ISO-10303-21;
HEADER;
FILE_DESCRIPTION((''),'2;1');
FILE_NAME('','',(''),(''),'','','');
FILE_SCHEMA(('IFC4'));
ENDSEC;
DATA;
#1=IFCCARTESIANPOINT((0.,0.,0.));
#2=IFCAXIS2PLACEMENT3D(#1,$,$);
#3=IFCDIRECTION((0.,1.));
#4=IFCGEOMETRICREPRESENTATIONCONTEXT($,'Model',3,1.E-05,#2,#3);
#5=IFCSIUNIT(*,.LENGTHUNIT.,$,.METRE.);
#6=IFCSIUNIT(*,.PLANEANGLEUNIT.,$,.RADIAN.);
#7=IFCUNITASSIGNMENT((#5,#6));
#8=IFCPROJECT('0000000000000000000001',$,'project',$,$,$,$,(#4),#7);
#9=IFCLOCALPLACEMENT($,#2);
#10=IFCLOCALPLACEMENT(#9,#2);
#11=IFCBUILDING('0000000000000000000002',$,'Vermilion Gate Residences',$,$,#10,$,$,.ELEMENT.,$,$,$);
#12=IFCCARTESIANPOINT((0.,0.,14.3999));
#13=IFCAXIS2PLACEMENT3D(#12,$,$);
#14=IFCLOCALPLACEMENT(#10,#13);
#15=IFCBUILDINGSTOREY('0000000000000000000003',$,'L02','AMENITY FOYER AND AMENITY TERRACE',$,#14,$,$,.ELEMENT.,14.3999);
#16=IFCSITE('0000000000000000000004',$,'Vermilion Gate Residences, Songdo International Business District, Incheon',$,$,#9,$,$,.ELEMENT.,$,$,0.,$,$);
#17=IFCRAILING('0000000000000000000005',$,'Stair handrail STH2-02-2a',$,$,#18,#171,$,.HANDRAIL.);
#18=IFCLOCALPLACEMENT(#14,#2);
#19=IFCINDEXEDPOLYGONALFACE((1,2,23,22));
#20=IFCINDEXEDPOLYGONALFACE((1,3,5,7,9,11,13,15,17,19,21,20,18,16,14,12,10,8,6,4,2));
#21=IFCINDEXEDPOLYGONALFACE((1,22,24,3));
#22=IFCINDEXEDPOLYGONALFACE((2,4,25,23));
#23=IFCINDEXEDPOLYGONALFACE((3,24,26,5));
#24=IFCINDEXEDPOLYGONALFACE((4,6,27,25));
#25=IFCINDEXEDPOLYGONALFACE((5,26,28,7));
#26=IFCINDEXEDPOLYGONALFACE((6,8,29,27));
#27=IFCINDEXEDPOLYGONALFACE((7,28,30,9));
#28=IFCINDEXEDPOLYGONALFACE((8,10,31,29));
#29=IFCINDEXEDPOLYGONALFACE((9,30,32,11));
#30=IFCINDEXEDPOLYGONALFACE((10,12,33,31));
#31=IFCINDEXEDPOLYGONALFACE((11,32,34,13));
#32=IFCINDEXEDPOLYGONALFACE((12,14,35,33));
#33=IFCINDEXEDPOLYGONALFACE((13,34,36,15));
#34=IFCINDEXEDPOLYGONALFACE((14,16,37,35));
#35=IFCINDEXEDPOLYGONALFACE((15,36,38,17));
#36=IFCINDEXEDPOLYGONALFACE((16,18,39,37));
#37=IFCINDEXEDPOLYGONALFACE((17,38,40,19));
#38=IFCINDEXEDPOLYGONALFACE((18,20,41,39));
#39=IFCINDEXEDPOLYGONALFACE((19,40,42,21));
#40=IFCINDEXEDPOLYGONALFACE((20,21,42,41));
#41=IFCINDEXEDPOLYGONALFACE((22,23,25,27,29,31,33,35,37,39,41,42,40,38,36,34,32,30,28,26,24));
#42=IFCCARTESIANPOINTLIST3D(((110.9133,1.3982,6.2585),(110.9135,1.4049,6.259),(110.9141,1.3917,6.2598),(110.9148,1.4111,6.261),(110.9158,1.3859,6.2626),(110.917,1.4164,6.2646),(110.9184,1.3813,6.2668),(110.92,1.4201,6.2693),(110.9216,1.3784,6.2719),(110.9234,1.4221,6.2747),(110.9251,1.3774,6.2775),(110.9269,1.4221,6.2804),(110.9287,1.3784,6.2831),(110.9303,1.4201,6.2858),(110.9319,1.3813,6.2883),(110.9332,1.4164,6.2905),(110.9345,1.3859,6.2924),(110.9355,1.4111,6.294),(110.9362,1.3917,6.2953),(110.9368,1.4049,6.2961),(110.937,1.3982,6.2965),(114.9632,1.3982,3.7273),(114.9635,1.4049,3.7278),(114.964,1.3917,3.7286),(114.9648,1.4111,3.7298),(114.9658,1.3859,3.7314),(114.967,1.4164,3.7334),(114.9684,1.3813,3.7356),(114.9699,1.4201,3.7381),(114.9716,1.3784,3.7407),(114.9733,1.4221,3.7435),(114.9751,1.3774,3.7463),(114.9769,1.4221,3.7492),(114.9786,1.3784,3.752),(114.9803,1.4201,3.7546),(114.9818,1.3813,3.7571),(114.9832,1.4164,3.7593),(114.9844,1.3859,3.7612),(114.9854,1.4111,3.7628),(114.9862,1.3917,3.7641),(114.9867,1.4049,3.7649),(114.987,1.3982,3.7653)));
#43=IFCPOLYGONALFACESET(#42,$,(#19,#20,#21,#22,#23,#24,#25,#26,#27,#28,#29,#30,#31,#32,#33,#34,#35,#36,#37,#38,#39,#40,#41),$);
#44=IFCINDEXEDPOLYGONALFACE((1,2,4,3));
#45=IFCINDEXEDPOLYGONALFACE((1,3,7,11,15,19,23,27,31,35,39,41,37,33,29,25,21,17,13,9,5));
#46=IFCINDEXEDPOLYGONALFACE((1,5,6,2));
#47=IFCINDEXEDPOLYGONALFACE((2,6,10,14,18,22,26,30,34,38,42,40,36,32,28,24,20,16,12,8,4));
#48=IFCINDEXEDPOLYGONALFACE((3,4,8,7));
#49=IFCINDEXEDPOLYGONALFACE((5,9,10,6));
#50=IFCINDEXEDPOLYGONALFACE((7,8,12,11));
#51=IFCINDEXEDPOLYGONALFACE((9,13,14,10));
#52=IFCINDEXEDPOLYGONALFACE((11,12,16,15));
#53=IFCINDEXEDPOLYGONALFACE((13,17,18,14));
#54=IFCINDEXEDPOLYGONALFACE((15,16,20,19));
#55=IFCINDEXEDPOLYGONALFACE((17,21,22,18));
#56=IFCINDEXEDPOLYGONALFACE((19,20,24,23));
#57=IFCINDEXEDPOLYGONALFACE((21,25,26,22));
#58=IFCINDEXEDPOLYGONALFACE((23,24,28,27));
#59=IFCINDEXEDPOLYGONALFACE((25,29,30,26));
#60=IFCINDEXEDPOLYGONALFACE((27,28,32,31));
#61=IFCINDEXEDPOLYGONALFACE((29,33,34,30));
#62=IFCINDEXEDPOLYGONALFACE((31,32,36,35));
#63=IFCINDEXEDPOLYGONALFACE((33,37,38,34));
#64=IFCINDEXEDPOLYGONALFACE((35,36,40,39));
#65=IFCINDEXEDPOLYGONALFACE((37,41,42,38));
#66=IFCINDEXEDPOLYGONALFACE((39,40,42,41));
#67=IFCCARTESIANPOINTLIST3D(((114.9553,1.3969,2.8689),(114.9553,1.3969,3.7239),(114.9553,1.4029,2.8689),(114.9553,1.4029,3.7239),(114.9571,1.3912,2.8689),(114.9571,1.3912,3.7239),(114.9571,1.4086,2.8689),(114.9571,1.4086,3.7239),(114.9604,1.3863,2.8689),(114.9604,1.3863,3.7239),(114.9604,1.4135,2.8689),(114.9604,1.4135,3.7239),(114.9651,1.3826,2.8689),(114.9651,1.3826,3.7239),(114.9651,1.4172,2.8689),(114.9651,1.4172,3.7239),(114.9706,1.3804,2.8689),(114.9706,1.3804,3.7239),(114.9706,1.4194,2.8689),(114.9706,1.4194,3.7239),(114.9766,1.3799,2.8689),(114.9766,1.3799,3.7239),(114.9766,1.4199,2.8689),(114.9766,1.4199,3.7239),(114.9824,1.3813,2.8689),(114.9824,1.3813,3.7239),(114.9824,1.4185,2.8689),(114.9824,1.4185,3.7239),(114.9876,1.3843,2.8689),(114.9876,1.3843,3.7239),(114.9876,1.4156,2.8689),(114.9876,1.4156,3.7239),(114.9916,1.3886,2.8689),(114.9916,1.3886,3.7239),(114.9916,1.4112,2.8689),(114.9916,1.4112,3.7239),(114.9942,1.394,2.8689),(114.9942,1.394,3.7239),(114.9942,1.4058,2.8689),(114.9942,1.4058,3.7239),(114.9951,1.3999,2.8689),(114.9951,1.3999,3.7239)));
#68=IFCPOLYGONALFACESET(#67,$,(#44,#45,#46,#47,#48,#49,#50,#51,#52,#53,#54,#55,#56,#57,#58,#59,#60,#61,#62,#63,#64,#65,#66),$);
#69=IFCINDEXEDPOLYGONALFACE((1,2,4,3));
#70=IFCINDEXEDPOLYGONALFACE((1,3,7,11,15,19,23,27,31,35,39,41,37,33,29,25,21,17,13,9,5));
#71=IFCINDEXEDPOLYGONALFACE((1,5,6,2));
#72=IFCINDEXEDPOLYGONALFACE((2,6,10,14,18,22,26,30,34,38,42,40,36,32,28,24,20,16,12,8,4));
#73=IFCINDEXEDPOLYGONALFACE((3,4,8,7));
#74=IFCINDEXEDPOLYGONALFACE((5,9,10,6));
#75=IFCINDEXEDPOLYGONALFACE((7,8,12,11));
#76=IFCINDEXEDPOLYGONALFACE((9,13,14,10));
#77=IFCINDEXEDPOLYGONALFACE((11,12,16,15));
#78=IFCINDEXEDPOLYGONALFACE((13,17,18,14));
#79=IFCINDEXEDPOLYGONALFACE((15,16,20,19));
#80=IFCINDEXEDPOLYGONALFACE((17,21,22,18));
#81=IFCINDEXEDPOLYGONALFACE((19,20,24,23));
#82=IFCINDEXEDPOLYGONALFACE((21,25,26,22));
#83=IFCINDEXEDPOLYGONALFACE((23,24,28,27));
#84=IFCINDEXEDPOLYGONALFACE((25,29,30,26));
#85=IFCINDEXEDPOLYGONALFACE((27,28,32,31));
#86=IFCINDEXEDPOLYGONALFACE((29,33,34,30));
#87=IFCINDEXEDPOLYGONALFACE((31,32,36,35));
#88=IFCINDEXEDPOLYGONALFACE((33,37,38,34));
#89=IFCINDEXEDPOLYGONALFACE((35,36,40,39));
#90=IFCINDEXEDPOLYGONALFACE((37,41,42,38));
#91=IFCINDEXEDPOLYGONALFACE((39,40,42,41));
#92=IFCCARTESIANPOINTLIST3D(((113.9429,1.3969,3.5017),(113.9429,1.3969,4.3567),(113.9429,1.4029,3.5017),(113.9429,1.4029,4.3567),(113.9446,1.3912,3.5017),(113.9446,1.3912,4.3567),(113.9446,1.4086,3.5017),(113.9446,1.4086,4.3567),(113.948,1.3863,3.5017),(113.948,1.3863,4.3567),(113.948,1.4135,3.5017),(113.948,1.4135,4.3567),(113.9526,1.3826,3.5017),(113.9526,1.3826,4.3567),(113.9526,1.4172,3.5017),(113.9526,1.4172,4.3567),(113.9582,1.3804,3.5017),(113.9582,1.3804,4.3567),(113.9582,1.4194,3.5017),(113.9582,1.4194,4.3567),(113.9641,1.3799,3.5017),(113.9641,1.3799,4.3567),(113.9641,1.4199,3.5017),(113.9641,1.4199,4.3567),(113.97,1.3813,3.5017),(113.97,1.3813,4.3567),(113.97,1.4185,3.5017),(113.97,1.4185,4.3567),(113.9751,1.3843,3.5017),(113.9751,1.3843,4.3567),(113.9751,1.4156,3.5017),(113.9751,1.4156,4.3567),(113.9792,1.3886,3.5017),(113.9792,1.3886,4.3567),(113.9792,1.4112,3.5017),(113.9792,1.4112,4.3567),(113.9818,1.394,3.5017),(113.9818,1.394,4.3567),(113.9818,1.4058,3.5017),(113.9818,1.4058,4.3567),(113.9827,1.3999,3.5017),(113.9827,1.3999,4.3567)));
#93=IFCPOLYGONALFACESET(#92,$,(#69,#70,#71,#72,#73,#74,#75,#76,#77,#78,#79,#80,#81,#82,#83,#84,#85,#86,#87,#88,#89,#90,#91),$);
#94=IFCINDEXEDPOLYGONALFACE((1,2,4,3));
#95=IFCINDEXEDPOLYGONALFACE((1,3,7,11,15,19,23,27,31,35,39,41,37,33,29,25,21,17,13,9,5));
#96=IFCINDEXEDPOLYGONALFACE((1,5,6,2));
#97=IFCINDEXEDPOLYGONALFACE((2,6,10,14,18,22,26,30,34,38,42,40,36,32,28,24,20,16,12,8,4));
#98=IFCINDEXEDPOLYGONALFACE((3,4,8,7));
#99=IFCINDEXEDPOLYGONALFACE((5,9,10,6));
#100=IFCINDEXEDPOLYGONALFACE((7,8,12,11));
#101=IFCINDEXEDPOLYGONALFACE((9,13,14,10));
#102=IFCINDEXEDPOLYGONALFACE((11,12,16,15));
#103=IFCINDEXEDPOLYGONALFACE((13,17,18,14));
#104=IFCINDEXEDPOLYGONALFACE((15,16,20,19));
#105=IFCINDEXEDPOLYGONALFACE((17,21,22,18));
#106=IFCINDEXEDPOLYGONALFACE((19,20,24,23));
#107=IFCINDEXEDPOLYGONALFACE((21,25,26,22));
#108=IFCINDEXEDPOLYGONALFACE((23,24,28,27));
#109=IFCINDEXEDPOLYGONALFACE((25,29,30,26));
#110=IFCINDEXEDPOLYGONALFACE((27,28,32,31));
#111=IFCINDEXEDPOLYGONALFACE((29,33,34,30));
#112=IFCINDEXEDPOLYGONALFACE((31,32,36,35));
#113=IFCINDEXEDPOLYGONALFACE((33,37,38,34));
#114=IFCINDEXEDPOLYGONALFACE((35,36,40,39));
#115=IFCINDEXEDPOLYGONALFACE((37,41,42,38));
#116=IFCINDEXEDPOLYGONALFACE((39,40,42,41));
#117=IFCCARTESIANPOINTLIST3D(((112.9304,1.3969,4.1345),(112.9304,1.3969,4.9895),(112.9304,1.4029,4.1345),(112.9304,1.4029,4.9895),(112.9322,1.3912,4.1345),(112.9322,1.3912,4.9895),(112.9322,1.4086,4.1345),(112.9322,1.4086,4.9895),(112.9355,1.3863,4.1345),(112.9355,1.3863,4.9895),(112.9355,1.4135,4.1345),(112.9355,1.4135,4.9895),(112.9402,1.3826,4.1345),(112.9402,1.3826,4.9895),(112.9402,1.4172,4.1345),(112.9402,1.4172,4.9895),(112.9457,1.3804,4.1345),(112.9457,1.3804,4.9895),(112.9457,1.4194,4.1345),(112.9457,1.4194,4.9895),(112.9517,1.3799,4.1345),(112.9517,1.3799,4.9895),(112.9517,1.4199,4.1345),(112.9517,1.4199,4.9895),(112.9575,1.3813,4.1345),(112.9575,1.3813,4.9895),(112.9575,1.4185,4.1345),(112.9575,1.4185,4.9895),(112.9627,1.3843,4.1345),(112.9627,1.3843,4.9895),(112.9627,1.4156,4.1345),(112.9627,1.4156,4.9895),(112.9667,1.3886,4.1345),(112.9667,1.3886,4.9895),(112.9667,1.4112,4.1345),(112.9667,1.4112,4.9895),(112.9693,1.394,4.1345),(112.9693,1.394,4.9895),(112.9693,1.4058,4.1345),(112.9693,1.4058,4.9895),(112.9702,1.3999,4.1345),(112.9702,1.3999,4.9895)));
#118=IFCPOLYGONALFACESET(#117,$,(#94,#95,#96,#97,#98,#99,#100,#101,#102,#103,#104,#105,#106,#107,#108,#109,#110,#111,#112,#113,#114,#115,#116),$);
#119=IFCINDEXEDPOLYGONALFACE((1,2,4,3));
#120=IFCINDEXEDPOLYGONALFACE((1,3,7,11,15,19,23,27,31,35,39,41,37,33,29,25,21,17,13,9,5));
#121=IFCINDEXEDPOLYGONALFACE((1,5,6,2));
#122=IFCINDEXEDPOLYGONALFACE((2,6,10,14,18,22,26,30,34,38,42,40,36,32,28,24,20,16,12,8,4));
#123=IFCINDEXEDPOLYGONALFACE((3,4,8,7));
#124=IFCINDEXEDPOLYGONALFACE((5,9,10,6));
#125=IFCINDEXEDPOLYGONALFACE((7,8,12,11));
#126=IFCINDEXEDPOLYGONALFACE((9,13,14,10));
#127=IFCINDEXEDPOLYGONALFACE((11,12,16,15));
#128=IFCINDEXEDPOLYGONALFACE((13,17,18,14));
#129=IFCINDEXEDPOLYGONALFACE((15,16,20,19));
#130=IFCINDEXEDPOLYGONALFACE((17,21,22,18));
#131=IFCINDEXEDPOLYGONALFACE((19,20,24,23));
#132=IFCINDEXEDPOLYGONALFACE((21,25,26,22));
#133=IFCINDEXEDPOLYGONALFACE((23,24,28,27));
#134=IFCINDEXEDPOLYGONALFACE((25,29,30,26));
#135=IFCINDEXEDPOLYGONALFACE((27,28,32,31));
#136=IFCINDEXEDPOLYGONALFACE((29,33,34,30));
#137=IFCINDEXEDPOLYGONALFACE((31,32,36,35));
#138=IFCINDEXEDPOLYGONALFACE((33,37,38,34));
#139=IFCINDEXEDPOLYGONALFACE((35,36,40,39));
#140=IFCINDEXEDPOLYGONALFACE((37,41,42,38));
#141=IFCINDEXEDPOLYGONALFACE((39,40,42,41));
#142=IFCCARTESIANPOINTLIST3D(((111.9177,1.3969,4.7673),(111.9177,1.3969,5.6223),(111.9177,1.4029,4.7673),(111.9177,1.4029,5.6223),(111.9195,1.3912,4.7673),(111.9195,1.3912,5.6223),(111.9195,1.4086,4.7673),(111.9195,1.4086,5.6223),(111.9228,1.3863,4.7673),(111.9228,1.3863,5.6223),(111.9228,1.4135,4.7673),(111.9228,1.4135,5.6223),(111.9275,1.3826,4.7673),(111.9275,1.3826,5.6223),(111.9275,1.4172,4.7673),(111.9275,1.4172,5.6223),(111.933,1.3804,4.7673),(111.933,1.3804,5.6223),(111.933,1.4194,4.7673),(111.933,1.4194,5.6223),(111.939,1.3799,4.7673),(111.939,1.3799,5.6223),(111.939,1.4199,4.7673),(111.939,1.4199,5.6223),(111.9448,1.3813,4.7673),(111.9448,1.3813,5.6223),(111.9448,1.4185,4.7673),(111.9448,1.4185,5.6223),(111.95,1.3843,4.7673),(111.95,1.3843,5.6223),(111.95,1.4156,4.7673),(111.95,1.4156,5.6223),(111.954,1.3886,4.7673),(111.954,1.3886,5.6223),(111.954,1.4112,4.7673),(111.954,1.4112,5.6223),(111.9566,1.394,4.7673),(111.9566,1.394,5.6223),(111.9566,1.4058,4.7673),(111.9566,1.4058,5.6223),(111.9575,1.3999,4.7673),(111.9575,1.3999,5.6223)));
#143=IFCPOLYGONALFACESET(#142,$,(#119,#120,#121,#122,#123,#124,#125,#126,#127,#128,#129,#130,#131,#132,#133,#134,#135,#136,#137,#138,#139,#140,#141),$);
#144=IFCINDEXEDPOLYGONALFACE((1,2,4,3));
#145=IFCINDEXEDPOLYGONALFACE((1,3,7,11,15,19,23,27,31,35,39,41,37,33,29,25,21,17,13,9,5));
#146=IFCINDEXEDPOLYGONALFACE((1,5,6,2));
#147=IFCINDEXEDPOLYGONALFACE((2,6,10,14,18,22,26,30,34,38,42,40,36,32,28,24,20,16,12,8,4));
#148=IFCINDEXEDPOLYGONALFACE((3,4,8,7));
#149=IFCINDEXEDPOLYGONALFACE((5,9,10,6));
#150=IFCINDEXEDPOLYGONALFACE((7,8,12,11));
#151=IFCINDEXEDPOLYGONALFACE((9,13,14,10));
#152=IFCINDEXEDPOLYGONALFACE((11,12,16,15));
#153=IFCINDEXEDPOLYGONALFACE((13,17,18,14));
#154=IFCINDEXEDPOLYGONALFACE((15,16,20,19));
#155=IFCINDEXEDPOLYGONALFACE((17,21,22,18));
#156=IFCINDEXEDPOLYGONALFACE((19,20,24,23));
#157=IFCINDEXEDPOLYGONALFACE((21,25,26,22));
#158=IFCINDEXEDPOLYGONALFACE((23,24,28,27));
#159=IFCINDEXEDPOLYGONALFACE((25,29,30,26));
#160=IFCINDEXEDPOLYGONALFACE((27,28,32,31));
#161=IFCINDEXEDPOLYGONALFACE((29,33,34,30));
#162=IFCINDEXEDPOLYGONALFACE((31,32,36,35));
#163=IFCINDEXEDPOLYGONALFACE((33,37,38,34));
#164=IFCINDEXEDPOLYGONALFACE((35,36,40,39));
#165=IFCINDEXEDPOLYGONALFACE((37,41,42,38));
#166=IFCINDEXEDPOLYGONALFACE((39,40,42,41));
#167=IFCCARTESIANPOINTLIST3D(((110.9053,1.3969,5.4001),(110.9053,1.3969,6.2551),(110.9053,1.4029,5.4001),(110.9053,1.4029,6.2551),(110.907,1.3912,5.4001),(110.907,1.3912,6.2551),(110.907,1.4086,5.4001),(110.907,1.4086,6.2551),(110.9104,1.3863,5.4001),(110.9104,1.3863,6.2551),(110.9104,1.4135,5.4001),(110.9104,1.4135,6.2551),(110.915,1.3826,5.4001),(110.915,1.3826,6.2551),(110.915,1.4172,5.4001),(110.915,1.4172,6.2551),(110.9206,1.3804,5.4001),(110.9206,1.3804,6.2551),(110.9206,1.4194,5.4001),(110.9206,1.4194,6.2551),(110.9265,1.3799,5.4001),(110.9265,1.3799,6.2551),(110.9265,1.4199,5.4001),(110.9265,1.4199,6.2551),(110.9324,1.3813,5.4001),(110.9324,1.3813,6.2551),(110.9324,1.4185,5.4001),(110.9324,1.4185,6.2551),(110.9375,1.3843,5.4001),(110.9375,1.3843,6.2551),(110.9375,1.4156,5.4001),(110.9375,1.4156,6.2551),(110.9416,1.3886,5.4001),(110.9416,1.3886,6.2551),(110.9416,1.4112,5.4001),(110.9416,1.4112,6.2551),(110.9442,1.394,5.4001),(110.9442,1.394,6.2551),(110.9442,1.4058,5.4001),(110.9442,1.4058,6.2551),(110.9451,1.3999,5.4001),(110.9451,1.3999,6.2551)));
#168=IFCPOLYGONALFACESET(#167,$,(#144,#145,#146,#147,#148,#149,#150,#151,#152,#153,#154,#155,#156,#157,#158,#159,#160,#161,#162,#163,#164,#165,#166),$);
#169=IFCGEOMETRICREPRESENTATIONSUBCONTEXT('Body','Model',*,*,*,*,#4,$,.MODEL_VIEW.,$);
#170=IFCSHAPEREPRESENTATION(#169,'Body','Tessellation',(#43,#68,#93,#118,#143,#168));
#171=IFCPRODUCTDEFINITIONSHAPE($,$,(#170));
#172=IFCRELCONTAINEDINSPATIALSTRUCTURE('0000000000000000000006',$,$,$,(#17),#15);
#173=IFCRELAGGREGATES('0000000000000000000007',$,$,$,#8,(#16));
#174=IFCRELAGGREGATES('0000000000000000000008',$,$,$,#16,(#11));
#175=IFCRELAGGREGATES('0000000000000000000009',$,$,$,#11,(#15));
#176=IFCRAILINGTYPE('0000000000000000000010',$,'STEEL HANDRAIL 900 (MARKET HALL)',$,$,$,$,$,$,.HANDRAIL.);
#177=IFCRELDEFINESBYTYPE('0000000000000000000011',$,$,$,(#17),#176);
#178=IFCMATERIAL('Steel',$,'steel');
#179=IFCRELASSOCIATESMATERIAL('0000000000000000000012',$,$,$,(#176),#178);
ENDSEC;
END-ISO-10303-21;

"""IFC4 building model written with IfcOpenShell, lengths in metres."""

from ifc_helpers import new_model, si_unit, direction, frame, origin, origin_2d, place, context, subcontext, project, spatial, circle, extrude, material, type_object, element, save


model = new_model("IFC4")

# Units and contexts
model_context = context("Model", 3, precision=1e-05, world=origin(), true_north=direction((0.0, 1.0)))
body_context = subcontext(model_context, "Body", "Model", "MODEL_VIEW")
ifc_project = project(units=[si_unit("LENGTHUNIT", "METRE"), si_unit("PLANEANGLEUNIT", "RADIAN")], contexts=[model_context])

# Site, building, storey
site_placement = place(None, origin())
site = spatial("IfcSite", under=ifc_project, at=site_placement, Name="Vermilion Gate Residences, Songdo International Business District, Incheon", CompositionType="ELEMENT", RefElevation=0.0)
building_placement = place(site_placement, origin())
building = spatial("IfcBuilding", under=site, at=building_placement, Name="Vermilion Gate Residences", CompositionType="ELEMENT")
storey_placement = place(building_placement, frame((0.0, 0.0, 14.3999)))
storey = spatial("IfcBuildingStorey", under=building, at=storey_placement, Name="L02", Description="AMENITY FOYER AND AMENITY TERRACE", CompositionType="ELEMENT", Elevation=14.3999)

# Railing
ifc_material_1 = material(Name="Steel", Category="steel")
railing_type_1 = type_object("IfcRailingType", Name="STEEL HANDRAIL 900 (MARKET HALL)", PredefinedType="HANDRAIL", material=ifc_material_1)
for number, where, name in (
    (1, (114.9751, 1.3999, 2.8689), "Stair handrail STH2-02-2a"),
):
    element("IfcRailing", number, at=place(storey_placement, frame(where)), inside=storey, type_object=railing_type_1, Name=name, PredefinedType="HANDRAIL", context=body_context, shape_type="SweptSolid", body=[
        extrude(circle(Radius=0.0225, at=origin_2d()), frame((0.0, 0.0, 0.8774), z_axis=(-0.848001, 0.0, 0.529994), x_axis=(0.0, -1.0, 0.0)), (0.0, 0.0, 1.0), 4.7759),
        extrude(circle(Radius=0.02, at=origin_2d()), origin(), (0.0, 0.0, 1.0), 0.855),
        extrude(circle(Radius=0.02, at=origin_2d()), frame((-1.0125, 0.0, 0.6328)), (0.0, 0.0, 1.0), 0.855),
        extrude(circle(Radius=0.02, at=origin_2d()), frame((-2.0249, 0.0, 1.2656)), (0.0, 0.0, 1.0), 0.855),
        extrude(circle(Radius=0.02, at=origin_2d()), frame((-3.0376, 0.0, 1.8984)), (0.0, 0.0, 1.0), 0.855),
        extrude(circle(Radius=0.02, at=origin_2d()), frame((-4.05, 0.0, 2.5312)), (0.0, 0.0, 1.0), 0.855),
    ])

save(model, "model.ifc")
